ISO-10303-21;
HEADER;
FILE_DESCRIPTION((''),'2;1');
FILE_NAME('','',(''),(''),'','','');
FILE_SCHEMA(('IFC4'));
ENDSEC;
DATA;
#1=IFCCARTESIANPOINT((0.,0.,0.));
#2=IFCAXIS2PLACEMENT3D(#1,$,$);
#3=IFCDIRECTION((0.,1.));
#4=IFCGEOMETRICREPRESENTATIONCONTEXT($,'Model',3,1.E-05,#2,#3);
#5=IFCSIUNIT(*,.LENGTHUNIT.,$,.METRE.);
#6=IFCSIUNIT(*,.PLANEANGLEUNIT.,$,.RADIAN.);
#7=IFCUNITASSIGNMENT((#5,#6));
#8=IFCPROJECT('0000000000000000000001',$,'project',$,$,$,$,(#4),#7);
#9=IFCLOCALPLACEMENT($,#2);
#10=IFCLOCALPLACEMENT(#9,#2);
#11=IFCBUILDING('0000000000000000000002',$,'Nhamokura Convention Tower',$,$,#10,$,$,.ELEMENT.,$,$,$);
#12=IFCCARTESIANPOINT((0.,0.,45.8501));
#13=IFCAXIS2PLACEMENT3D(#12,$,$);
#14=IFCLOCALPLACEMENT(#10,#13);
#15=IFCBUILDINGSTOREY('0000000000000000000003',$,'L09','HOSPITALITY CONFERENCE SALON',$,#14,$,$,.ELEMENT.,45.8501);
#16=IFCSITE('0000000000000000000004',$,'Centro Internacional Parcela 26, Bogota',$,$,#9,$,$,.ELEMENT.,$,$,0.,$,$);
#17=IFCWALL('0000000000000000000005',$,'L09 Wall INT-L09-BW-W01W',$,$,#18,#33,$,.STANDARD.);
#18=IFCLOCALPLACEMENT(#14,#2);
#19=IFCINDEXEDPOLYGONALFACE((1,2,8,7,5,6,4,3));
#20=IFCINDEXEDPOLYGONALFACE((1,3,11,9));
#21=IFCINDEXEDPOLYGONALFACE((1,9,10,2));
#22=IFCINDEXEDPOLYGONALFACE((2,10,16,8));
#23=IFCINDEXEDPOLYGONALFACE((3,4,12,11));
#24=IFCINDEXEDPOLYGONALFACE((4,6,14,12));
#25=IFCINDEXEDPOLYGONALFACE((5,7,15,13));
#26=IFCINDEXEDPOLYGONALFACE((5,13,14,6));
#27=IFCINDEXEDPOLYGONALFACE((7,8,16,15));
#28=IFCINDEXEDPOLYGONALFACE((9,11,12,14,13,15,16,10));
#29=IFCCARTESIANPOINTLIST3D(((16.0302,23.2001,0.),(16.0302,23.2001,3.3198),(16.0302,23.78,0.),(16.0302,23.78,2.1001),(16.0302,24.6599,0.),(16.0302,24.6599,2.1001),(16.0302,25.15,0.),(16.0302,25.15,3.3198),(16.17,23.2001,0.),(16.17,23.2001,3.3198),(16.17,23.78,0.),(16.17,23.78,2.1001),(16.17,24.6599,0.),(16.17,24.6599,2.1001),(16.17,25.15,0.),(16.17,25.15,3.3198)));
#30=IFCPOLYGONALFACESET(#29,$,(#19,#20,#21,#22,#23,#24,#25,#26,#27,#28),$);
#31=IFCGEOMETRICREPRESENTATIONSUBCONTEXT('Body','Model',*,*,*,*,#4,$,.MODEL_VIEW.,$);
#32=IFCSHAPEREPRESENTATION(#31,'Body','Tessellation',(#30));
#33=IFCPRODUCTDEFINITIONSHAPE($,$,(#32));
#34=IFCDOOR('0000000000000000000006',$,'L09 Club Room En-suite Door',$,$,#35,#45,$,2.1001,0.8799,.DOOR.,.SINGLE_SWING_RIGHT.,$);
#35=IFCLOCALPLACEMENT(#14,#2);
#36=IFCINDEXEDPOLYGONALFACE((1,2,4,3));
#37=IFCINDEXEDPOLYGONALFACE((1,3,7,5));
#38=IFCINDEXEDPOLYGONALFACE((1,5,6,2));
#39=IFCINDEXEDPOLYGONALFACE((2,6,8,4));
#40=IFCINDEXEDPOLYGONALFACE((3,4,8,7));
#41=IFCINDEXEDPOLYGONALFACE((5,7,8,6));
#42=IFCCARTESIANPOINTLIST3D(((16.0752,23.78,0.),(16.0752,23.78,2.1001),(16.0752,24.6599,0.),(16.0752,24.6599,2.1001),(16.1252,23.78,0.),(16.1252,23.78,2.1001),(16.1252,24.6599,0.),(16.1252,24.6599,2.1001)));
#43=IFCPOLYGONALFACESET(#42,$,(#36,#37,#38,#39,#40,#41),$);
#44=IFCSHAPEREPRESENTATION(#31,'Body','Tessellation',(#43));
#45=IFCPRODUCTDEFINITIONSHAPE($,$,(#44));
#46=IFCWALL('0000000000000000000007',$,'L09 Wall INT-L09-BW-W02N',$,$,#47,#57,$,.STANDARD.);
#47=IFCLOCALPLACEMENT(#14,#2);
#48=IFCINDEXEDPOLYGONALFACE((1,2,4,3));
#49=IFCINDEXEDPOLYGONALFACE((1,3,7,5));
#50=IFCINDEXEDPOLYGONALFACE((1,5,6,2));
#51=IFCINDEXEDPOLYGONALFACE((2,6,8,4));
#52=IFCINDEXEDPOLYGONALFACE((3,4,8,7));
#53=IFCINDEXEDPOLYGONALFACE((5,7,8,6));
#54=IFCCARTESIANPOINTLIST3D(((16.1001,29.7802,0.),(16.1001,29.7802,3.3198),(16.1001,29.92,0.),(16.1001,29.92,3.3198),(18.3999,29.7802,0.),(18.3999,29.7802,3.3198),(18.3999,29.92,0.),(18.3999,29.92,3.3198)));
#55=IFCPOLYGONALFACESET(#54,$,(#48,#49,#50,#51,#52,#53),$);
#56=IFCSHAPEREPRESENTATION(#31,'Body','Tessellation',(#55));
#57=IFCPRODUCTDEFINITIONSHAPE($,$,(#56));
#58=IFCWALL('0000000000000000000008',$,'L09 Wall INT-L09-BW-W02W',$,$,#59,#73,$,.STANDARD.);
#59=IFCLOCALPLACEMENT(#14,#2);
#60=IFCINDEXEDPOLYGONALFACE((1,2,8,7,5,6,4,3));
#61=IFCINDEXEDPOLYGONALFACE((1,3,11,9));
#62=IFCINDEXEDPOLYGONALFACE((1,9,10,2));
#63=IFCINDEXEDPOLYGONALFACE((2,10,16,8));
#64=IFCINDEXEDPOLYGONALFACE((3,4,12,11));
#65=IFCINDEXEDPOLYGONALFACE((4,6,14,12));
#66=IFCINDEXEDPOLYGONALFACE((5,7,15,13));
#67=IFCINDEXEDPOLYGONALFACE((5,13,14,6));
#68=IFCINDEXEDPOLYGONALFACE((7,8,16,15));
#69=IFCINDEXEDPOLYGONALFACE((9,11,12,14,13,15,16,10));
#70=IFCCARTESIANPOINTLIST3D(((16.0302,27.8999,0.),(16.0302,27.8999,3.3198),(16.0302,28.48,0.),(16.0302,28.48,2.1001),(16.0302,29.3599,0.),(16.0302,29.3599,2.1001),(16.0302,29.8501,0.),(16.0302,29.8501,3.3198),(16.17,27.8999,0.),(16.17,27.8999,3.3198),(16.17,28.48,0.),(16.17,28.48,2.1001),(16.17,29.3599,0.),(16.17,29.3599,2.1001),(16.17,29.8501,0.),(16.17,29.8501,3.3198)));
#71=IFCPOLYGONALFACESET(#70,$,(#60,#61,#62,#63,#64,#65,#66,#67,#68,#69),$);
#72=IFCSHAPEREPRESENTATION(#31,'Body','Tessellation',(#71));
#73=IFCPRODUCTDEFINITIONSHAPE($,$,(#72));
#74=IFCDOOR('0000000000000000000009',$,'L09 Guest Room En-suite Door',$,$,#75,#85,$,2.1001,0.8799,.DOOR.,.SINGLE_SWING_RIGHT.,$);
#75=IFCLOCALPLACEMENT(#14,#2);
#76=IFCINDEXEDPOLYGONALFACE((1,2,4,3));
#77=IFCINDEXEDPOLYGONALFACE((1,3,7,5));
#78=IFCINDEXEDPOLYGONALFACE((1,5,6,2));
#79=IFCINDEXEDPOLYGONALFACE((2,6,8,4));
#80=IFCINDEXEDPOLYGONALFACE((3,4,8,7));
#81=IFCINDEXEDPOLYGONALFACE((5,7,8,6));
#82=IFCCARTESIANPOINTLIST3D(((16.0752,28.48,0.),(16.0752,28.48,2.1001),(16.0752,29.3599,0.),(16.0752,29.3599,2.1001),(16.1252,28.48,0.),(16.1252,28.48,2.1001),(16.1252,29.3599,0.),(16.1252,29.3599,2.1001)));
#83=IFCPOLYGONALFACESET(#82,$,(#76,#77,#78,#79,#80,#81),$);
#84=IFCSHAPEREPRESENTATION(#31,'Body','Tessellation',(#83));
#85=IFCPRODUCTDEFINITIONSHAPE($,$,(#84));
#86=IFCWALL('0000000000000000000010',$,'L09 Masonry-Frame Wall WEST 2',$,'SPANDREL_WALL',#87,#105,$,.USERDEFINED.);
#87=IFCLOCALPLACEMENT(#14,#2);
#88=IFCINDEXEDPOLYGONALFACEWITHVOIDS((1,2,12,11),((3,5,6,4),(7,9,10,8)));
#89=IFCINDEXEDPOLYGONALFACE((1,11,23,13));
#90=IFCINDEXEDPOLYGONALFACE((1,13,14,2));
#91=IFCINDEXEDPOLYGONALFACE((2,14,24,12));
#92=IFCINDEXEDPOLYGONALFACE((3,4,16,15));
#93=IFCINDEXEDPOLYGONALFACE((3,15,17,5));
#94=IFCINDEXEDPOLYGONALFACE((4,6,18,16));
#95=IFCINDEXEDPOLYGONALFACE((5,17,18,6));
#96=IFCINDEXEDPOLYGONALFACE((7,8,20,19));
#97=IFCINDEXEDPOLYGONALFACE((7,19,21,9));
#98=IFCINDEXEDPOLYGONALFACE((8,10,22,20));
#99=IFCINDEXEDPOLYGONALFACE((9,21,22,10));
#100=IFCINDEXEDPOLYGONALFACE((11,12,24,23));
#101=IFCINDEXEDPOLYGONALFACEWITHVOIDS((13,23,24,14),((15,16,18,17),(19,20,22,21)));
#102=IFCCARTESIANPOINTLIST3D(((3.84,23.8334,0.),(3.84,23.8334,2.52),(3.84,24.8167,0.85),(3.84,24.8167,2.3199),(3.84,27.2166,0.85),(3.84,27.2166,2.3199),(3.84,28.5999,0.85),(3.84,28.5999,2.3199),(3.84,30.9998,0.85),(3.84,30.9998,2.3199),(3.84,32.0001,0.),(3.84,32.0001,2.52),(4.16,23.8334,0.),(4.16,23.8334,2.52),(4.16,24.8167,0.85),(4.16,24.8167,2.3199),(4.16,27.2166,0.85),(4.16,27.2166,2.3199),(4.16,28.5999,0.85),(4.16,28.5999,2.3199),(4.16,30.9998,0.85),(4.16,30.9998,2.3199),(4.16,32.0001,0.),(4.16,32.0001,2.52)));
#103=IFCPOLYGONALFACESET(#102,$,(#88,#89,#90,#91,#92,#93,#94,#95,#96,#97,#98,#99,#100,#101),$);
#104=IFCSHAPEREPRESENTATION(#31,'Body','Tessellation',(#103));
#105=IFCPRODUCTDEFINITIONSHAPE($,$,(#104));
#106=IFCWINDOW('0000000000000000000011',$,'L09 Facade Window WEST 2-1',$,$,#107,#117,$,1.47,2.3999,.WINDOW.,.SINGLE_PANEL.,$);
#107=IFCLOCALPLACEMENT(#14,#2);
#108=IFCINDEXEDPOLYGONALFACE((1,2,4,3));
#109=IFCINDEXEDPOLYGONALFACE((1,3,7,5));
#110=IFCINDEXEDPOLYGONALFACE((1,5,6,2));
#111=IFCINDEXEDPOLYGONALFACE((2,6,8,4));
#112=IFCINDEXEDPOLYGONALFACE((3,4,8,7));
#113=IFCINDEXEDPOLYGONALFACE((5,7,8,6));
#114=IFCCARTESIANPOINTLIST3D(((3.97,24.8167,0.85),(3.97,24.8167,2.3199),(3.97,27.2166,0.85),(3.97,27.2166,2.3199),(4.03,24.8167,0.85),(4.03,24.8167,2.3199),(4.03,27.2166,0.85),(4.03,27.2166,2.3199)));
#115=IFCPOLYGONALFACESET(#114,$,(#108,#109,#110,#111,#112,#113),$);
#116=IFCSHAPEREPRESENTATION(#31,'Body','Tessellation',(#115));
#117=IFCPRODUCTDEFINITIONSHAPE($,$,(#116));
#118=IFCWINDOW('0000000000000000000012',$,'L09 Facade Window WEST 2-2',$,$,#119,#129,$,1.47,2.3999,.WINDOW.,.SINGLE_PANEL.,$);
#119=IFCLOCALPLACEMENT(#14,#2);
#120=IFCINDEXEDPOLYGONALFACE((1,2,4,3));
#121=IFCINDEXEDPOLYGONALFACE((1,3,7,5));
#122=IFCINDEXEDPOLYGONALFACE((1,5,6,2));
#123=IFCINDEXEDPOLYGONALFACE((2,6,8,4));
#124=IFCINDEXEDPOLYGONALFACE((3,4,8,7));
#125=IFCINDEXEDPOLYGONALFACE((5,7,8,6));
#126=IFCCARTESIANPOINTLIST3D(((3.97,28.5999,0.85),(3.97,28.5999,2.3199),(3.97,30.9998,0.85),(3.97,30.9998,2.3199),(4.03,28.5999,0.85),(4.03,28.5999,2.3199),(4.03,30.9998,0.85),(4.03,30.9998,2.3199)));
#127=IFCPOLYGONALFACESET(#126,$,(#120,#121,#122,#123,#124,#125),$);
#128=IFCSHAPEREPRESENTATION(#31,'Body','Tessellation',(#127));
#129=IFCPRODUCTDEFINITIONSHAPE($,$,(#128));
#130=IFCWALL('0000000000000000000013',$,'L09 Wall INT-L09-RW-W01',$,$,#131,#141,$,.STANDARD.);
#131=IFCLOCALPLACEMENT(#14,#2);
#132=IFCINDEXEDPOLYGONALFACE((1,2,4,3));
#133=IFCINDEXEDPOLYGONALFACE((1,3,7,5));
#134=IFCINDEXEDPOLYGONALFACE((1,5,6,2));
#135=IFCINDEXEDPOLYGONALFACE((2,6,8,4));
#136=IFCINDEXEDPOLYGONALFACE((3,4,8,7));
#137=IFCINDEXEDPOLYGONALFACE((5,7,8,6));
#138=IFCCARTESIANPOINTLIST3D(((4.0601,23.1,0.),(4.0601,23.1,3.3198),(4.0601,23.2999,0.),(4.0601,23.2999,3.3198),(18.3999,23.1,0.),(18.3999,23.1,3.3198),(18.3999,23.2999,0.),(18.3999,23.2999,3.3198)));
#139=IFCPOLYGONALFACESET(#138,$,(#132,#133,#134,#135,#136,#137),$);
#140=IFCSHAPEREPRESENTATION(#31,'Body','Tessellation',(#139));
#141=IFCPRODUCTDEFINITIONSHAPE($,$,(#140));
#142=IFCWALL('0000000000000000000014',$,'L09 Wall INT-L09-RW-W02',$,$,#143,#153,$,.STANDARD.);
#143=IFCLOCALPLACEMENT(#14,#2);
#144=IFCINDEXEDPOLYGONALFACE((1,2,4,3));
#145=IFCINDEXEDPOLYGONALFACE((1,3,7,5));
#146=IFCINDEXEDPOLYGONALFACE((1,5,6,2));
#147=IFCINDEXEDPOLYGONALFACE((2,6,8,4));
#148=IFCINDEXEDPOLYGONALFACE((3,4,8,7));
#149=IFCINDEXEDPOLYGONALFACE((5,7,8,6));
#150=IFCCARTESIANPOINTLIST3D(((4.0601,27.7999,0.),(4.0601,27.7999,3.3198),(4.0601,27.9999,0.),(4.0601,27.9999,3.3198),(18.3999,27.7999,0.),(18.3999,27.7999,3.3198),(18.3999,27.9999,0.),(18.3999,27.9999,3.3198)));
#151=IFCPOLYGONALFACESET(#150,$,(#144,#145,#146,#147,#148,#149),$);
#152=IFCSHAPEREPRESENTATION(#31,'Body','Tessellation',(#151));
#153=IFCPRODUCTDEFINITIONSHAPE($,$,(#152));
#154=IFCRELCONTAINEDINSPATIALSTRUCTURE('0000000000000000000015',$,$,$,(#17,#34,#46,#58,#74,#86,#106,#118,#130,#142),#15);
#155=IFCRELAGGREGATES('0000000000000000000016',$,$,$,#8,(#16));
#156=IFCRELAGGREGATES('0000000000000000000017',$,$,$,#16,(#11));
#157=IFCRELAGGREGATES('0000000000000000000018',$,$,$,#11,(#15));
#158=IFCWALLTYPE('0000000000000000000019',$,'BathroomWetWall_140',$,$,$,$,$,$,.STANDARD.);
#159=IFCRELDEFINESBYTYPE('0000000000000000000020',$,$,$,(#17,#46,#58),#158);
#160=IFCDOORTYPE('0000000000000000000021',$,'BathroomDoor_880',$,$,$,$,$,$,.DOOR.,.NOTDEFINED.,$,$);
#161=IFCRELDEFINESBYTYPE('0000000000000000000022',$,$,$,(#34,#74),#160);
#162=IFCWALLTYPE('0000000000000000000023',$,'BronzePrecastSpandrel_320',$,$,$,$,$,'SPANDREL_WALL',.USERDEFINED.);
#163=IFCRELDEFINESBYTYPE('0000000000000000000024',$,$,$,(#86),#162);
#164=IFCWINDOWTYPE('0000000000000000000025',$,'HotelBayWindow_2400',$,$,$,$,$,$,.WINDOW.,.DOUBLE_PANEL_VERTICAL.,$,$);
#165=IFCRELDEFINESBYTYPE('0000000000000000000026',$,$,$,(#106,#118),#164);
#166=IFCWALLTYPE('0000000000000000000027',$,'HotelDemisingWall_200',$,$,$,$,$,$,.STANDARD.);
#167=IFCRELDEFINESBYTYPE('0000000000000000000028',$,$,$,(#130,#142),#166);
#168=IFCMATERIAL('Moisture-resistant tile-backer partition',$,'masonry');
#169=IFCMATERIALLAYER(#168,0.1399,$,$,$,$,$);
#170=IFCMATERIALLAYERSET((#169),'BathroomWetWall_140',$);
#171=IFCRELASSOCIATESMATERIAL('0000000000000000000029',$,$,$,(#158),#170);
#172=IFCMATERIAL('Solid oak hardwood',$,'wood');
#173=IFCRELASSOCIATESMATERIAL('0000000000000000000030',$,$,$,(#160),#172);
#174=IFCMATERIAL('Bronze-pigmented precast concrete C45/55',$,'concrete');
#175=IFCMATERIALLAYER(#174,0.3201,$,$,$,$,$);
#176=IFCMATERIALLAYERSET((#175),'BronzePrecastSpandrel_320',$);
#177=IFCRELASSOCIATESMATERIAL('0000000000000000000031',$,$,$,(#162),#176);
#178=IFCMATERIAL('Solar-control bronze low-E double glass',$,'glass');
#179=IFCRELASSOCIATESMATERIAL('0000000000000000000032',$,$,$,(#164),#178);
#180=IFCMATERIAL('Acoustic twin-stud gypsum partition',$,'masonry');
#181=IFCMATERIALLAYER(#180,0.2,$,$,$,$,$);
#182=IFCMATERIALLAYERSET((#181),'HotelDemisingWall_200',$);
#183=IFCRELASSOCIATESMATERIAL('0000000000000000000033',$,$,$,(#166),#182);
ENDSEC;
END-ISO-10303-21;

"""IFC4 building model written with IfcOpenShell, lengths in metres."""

from ifc_helpers import new_model, si_unit, direction, frame, frame_2d, origin, place, context, subcontext, project, spatial, rectangle, extrude, material, layer, layer_set, type_object, element, fill, save


model = new_model("IFC4")

# Units and contexts
model_context = context("Model", 3, precision=1e-05, world=origin(), true_north=direction((0.0, 1.0)))
body_context = subcontext(model_context, "Body", "Model", "MODEL_VIEW")
ifc_project = project(units=[si_unit("LENGTHUNIT", "METRE"), si_unit("PLANEANGLEUNIT", "RADIAN")], contexts=[model_context])

# Site, building, storey
site_placement = place(None, origin())
site = spatial("IfcSite", under=ifc_project, at=site_placement, Name="Centro Internacional Parcela 26, Bogota", CompositionType="ELEMENT", RefElevation=0.0)
building_placement = place(site_placement, origin())
building = spatial("IfcBuilding", under=site, at=building_placement, Name="Nhamokura Convention Tower", CompositionType="ELEMENT")
storey_placement = place(building_placement, frame((0.0, 0.0, 45.8501)))
storey = spatial("IfcBuildingStorey", under=building, at=storey_placement, Name="L09", Description="HOSPITALITY CONFERENCE SALON", CompositionType="ELEMENT", Elevation=45.8501)

# Shared definitions
ifc_material_1 = material(Name="Moisture-resistant tile-backer partition", Category="masonry")
ifc_layer_1 = layer(ifc_material_1, 0.1399)
ifc_layer_set_1 = layer_set([ifc_layer_1], Name="BathroomWetWall_140")
wall_type_1 = type_object("IfcWallType", Name="BathroomWetWall_140", PredefinedType="STANDARD", material=ifc_layer_set_1)

# Shared definitions
ifc_material_2 = material(Name="Solid oak hardwood", Category="wood")
door_type_1 = type_object("IfcDoorType", Name="BathroomDoor_880", OperationType="NOTDEFINED", PredefinedType="DOOR", material=ifc_material_2)

# Wall, opening, door
wall_1_placement = place(storey_placement, frame((16.1001, 23.2, 0.0), z_axis=(0.0, 0.0, 1.0), x_axis=(0.0, 1.0, 0.0)))
wall_1 = element("IfcWall", 1, at=wall_1_placement, inside=storey, type_object=wall_type_1, Name="L09 Wall INT-L09-BW-W01W", PredefinedType="STANDARD", context=body_context, shape_type="SweptSolid", body=[
    extrude(rectangle(XDim=1.95, YDim=0.1399, at=frame_2d((0.9751, 0.0))), origin(), (0.0, 0.0, 1.0), 3.3198),
])
opening_1_placement = place(wall_1_placement, frame((0.5801, 0.0, 0.0)))
opening_1 = element("IfcOpeningElement", 2, at=opening_1_placement, cuts=wall_1, PredefinedType="OPENING", context=body_context, shape_type="SweptSolid", body=[
    extrude(rectangle(XDim=0.8799, YDim=2.1001, at=frame_2d((0.4399, 1.05))), frame((0.0, 0.0798, 0.0), z_axis=(0.0, -1.0, 0.0), x_axis=(1.0, 0.0, 0.0)), (0.0, 0.0, 1.0), 0.1599),
])
door_1_placement = place(opening_1_placement, origin())
door_1 = element("IfcDoor", 3, at=door_1_placement, inside=storey, type_object=door_type_1, Name="L09 Club Room En-suite Door", OperationType="SINGLE_SWING_RIGHT", OverallHeight=2.1001, OverallWidth=0.8799, PredefinedType="DOOR", context=body_context, shape_type="SweptSolid", body=[
    extrude(rectangle(XDim=0.8799, YDim=2.1001, at=frame_2d((0.4399, 1.05))), frame((0.0, 0.0249, 0.0), z_axis=(0.0, -1.0, 0.0), x_axis=(1.0, 0.0, 0.0)), (0.0, 0.0, 1.0), 0.05),
])
fill(opening_1, door_1)

# Wall
wall_2_placement = place(storey_placement, frame((16.1001, 29.8501, 0.0), z_axis=(0.0, 0.0, 1.0), x_axis=(1.0, 0.0, 0.0)))
element("IfcWall", 4, at=wall_2_placement, inside=storey, type_object=wall_type_1, Name="L09 Wall INT-L09-BW-W02N", PredefinedType="STANDARD", context=body_context, shape_type="SweptSolid", body=[
    extrude(rectangle(XDim=2.2998, YDim=0.1399, at=frame_2d((1.1499, 0.0))), origin(), (0.0, 0.0, 1.0), 3.3198),
])

# Wall, opening, door
wall_3_placement = place(storey_placement, frame((16.1001, 27.8999, 0.0), z_axis=(0.0, 0.0, 1.0), x_axis=(0.0, 1.0, 0.0)))
wall_3 = element("IfcWall", 5, at=wall_3_placement, inside=storey, type_object=wall_type_1, Name="L09 Wall INT-L09-BW-W02W", PredefinedType="STANDARD", context=body_context, shape_type="SweptSolid", body=[
    extrude(rectangle(XDim=1.9502, YDim=0.1399, at=frame_2d((0.9751, 0.0))), origin(), (0.0, 0.0, 1.0), 3.3198),
])
opening_2_placement = place(wall_3_placement, frame((0.5801, 0.0, 0.0)))
opening_2 = element("IfcOpeningElement", 6, at=opening_2_placement, cuts=wall_3, PredefinedType="OPENING", context=body_context, shape_type="SweptSolid", body=[
    extrude(rectangle(XDim=0.8799, YDim=2.1001, at=frame_2d((0.4399, 1.05))), frame((0.0, 0.0798, 0.0), z_axis=(0.0, -1.0, 0.0), x_axis=(1.0, 0.0, 0.0)), (0.0, 0.0, 1.0), 0.1599),
])
door_2_placement = place(opening_2_placement, origin())
door_2 = element("IfcDoor", 7, at=door_2_placement, inside=storey, type_object=door_type_1, Name="L09 Guest Room En-suite Door", OperationType="SINGLE_SWING_RIGHT", OverallHeight=2.1001, OverallWidth=0.8799, PredefinedType="DOOR", context=body_context, shape_type="SweptSolid", body=[
    extrude(rectangle(XDim=0.8799, YDim=2.1001, at=frame_2d((0.4399, 1.05))), frame((0.0, 0.0249, 0.0), z_axis=(0.0, -1.0, 0.0), x_axis=(1.0, 0.0, 0.0)), (0.0, 0.0, 1.0), 0.05),
])
fill(opening_2, door_2)

# Wall, openings, windows
ifc_material_3 = material(Name="Bronze-pigmented precast concrete C45/55", Category="concrete")
ifc_layer_2 = layer(ifc_material_3, 0.3201)
ifc_layer_set_2 = layer_set([ifc_layer_2], Name="BronzePrecastSpandrel_320")
wall_type_2 = type_object("IfcWallType", Name="BronzePrecastSpandrel_320", ElementType="SPANDREL_WALL", PredefinedType="USERDEFINED", material=ifc_layer_set_2)
wall_4_placement = place(storey_placement, frame((4.0, 23.8333, 0.0), z_axis=(0.0, 0.0, 1.0), x_axis=(0.0, 1.0, 0.0)))
wall_4 = element("IfcWall", 8, at=wall_4_placement, inside=storey, type_object=wall_type_2, Name="L09 Masonry-Frame Wall WEST 2", ObjectType="SPANDREL_WALL", PredefinedType="USERDEFINED", context=body_context, shape_type="SweptSolid", body=[
    extrude(rectangle(XDim=8.1667, YDim=0.3201, at=frame_2d((4.0835, 0.0))), origin(), (0.0, 0.0, 1.0), 2.52),
])
opening_3_placement = place(wall_4_placement, frame((0.9834, 0.0, 0.8501)))
opening_3 = element("IfcOpeningElement", 9, at=opening_3_placement, cuts=wall_4, PredefinedType="OPENING", context=body_context, shape_type="SweptSolid", body=[
    extrude(rectangle(XDim=2.3999, YDim=1.47, at=frame_2d((1.2, 0.7349))), frame((0.0, 0.1699, 0.0), z_axis=(0.0, -1.0, 0.0), x_axis=(1.0, 0.0, 0.0)), (0.0, 0.0, 1.0), 0.3401),
])
opening_4_placement = place(wall_4_placement, frame((4.7666, 0.0, 0.8501)))
opening_4 = element("IfcOpeningElement", 10, at=opening_4_placement, cuts=wall_4, PredefinedType="OPENING", context=body_context, shape_type="SweptSolid", body=[
    extrude(rectangle(XDim=2.3999, YDim=1.47, at=frame_2d((1.2, 0.7349))), frame((0.0, 0.1699, 0.0), z_axis=(0.0, -1.0, 0.0), x_axis=(1.0, 0.0, 0.0)), (0.0, 0.0, 1.0), 0.3401),
])
ifc_material_4 = material(Name="Solar-control bronze low-E double glass", Category="glass")
window_type = type_object("IfcWindowType", Name="HotelBayWindow_2400", PartitioningType="DOUBLE_PANEL_VERTICAL", PredefinedType="WINDOW", material=ifc_material_4)
window_1_placement = place(opening_3_placement, origin())
window_1 = element("IfcWindow", 11, at=window_1_placement, inside=storey, type_object=window_type, Name="L09 Facade Window WEST 2-1", OverallHeight=1.47, OverallWidth=2.3999, PartitioningType="SINGLE_PANEL", PredefinedType="WINDOW", context=body_context, shape_type="SweptSolid", body=[
    extrude(rectangle(XDim=2.3999, YDim=1.47, at=frame_2d((1.2, 0.7349))), frame((0.0, 0.03, 0.0), z_axis=(0.0, -1.0, 0.0), x_axis=(1.0, 0.0, 0.0)), (0.0, 0.0, 1.0), 0.0601),
])
fill(opening_3, window_1)
window_2_placement = place(opening_4_placement, origin())
window_2 = element("IfcWindow", 12, at=window_2_placement, inside=storey, type_object=window_type, Name="L09 Facade Window WEST 2-2", OverallHeight=1.47, OverallWidth=2.3999, PartitioningType="SINGLE_PANEL", PredefinedType="WINDOW", context=body_context, shape_type="SweptSolid", body=[
    extrude(rectangle(XDim=2.3999, YDim=1.47, at=frame_2d((1.2, 0.7349))), frame((0.0, 0.03, 0.0), z_axis=(0.0, -1.0, 0.0), x_axis=(1.0, 0.0, 0.0)), (0.0, 0.0, 1.0), 0.0601),
])
fill(opening_4, window_2)

# Walls
ifc_material_5 = material(Name="Acoustic twin-stud gypsum partition", Category="masonry")
ifc_layer_3 = layer(ifc_material_5, 0.2)
ifc_layer_set_3 = layer_set([ifc_layer_3], Name="HotelDemisingWall_200")
wall_type_3 = type_object("IfcWallType", Name="HotelDemisingWall_200", PredefinedType="STANDARD", material=ifc_layer_set_3)
for number, where, z_axis, x_axis, name in (
    (13, (4.0601, 23.2, 0.0), (0.0, 0.0, 1.0), (1.0, 0.0, 0.0), "L09 Wall INT-L09-RW-W01"),
    (14, (4.0601, 27.8999, 0.0), (0.0, 0.0, 1.0), (1.0, 0.0, 0.0), "L09 Wall INT-L09-RW-W02"),
):
    element("IfcWall", number, at=place(storey_placement, frame(where, z_axis=z_axis, x_axis=x_axis)), inside=storey, type_object=wall_type_3, Name=name, PredefinedType="STANDARD", context=body_context, shape_type="SweptSolid", body=[
        extrude(rectangle(XDim=14.3398, YDim=0.2, at=frame_2d((7.1699, 0.0))), origin(), (0.0, 0.0, 1.0), 3.3198),
    ])

save(model, "model.ifc")
